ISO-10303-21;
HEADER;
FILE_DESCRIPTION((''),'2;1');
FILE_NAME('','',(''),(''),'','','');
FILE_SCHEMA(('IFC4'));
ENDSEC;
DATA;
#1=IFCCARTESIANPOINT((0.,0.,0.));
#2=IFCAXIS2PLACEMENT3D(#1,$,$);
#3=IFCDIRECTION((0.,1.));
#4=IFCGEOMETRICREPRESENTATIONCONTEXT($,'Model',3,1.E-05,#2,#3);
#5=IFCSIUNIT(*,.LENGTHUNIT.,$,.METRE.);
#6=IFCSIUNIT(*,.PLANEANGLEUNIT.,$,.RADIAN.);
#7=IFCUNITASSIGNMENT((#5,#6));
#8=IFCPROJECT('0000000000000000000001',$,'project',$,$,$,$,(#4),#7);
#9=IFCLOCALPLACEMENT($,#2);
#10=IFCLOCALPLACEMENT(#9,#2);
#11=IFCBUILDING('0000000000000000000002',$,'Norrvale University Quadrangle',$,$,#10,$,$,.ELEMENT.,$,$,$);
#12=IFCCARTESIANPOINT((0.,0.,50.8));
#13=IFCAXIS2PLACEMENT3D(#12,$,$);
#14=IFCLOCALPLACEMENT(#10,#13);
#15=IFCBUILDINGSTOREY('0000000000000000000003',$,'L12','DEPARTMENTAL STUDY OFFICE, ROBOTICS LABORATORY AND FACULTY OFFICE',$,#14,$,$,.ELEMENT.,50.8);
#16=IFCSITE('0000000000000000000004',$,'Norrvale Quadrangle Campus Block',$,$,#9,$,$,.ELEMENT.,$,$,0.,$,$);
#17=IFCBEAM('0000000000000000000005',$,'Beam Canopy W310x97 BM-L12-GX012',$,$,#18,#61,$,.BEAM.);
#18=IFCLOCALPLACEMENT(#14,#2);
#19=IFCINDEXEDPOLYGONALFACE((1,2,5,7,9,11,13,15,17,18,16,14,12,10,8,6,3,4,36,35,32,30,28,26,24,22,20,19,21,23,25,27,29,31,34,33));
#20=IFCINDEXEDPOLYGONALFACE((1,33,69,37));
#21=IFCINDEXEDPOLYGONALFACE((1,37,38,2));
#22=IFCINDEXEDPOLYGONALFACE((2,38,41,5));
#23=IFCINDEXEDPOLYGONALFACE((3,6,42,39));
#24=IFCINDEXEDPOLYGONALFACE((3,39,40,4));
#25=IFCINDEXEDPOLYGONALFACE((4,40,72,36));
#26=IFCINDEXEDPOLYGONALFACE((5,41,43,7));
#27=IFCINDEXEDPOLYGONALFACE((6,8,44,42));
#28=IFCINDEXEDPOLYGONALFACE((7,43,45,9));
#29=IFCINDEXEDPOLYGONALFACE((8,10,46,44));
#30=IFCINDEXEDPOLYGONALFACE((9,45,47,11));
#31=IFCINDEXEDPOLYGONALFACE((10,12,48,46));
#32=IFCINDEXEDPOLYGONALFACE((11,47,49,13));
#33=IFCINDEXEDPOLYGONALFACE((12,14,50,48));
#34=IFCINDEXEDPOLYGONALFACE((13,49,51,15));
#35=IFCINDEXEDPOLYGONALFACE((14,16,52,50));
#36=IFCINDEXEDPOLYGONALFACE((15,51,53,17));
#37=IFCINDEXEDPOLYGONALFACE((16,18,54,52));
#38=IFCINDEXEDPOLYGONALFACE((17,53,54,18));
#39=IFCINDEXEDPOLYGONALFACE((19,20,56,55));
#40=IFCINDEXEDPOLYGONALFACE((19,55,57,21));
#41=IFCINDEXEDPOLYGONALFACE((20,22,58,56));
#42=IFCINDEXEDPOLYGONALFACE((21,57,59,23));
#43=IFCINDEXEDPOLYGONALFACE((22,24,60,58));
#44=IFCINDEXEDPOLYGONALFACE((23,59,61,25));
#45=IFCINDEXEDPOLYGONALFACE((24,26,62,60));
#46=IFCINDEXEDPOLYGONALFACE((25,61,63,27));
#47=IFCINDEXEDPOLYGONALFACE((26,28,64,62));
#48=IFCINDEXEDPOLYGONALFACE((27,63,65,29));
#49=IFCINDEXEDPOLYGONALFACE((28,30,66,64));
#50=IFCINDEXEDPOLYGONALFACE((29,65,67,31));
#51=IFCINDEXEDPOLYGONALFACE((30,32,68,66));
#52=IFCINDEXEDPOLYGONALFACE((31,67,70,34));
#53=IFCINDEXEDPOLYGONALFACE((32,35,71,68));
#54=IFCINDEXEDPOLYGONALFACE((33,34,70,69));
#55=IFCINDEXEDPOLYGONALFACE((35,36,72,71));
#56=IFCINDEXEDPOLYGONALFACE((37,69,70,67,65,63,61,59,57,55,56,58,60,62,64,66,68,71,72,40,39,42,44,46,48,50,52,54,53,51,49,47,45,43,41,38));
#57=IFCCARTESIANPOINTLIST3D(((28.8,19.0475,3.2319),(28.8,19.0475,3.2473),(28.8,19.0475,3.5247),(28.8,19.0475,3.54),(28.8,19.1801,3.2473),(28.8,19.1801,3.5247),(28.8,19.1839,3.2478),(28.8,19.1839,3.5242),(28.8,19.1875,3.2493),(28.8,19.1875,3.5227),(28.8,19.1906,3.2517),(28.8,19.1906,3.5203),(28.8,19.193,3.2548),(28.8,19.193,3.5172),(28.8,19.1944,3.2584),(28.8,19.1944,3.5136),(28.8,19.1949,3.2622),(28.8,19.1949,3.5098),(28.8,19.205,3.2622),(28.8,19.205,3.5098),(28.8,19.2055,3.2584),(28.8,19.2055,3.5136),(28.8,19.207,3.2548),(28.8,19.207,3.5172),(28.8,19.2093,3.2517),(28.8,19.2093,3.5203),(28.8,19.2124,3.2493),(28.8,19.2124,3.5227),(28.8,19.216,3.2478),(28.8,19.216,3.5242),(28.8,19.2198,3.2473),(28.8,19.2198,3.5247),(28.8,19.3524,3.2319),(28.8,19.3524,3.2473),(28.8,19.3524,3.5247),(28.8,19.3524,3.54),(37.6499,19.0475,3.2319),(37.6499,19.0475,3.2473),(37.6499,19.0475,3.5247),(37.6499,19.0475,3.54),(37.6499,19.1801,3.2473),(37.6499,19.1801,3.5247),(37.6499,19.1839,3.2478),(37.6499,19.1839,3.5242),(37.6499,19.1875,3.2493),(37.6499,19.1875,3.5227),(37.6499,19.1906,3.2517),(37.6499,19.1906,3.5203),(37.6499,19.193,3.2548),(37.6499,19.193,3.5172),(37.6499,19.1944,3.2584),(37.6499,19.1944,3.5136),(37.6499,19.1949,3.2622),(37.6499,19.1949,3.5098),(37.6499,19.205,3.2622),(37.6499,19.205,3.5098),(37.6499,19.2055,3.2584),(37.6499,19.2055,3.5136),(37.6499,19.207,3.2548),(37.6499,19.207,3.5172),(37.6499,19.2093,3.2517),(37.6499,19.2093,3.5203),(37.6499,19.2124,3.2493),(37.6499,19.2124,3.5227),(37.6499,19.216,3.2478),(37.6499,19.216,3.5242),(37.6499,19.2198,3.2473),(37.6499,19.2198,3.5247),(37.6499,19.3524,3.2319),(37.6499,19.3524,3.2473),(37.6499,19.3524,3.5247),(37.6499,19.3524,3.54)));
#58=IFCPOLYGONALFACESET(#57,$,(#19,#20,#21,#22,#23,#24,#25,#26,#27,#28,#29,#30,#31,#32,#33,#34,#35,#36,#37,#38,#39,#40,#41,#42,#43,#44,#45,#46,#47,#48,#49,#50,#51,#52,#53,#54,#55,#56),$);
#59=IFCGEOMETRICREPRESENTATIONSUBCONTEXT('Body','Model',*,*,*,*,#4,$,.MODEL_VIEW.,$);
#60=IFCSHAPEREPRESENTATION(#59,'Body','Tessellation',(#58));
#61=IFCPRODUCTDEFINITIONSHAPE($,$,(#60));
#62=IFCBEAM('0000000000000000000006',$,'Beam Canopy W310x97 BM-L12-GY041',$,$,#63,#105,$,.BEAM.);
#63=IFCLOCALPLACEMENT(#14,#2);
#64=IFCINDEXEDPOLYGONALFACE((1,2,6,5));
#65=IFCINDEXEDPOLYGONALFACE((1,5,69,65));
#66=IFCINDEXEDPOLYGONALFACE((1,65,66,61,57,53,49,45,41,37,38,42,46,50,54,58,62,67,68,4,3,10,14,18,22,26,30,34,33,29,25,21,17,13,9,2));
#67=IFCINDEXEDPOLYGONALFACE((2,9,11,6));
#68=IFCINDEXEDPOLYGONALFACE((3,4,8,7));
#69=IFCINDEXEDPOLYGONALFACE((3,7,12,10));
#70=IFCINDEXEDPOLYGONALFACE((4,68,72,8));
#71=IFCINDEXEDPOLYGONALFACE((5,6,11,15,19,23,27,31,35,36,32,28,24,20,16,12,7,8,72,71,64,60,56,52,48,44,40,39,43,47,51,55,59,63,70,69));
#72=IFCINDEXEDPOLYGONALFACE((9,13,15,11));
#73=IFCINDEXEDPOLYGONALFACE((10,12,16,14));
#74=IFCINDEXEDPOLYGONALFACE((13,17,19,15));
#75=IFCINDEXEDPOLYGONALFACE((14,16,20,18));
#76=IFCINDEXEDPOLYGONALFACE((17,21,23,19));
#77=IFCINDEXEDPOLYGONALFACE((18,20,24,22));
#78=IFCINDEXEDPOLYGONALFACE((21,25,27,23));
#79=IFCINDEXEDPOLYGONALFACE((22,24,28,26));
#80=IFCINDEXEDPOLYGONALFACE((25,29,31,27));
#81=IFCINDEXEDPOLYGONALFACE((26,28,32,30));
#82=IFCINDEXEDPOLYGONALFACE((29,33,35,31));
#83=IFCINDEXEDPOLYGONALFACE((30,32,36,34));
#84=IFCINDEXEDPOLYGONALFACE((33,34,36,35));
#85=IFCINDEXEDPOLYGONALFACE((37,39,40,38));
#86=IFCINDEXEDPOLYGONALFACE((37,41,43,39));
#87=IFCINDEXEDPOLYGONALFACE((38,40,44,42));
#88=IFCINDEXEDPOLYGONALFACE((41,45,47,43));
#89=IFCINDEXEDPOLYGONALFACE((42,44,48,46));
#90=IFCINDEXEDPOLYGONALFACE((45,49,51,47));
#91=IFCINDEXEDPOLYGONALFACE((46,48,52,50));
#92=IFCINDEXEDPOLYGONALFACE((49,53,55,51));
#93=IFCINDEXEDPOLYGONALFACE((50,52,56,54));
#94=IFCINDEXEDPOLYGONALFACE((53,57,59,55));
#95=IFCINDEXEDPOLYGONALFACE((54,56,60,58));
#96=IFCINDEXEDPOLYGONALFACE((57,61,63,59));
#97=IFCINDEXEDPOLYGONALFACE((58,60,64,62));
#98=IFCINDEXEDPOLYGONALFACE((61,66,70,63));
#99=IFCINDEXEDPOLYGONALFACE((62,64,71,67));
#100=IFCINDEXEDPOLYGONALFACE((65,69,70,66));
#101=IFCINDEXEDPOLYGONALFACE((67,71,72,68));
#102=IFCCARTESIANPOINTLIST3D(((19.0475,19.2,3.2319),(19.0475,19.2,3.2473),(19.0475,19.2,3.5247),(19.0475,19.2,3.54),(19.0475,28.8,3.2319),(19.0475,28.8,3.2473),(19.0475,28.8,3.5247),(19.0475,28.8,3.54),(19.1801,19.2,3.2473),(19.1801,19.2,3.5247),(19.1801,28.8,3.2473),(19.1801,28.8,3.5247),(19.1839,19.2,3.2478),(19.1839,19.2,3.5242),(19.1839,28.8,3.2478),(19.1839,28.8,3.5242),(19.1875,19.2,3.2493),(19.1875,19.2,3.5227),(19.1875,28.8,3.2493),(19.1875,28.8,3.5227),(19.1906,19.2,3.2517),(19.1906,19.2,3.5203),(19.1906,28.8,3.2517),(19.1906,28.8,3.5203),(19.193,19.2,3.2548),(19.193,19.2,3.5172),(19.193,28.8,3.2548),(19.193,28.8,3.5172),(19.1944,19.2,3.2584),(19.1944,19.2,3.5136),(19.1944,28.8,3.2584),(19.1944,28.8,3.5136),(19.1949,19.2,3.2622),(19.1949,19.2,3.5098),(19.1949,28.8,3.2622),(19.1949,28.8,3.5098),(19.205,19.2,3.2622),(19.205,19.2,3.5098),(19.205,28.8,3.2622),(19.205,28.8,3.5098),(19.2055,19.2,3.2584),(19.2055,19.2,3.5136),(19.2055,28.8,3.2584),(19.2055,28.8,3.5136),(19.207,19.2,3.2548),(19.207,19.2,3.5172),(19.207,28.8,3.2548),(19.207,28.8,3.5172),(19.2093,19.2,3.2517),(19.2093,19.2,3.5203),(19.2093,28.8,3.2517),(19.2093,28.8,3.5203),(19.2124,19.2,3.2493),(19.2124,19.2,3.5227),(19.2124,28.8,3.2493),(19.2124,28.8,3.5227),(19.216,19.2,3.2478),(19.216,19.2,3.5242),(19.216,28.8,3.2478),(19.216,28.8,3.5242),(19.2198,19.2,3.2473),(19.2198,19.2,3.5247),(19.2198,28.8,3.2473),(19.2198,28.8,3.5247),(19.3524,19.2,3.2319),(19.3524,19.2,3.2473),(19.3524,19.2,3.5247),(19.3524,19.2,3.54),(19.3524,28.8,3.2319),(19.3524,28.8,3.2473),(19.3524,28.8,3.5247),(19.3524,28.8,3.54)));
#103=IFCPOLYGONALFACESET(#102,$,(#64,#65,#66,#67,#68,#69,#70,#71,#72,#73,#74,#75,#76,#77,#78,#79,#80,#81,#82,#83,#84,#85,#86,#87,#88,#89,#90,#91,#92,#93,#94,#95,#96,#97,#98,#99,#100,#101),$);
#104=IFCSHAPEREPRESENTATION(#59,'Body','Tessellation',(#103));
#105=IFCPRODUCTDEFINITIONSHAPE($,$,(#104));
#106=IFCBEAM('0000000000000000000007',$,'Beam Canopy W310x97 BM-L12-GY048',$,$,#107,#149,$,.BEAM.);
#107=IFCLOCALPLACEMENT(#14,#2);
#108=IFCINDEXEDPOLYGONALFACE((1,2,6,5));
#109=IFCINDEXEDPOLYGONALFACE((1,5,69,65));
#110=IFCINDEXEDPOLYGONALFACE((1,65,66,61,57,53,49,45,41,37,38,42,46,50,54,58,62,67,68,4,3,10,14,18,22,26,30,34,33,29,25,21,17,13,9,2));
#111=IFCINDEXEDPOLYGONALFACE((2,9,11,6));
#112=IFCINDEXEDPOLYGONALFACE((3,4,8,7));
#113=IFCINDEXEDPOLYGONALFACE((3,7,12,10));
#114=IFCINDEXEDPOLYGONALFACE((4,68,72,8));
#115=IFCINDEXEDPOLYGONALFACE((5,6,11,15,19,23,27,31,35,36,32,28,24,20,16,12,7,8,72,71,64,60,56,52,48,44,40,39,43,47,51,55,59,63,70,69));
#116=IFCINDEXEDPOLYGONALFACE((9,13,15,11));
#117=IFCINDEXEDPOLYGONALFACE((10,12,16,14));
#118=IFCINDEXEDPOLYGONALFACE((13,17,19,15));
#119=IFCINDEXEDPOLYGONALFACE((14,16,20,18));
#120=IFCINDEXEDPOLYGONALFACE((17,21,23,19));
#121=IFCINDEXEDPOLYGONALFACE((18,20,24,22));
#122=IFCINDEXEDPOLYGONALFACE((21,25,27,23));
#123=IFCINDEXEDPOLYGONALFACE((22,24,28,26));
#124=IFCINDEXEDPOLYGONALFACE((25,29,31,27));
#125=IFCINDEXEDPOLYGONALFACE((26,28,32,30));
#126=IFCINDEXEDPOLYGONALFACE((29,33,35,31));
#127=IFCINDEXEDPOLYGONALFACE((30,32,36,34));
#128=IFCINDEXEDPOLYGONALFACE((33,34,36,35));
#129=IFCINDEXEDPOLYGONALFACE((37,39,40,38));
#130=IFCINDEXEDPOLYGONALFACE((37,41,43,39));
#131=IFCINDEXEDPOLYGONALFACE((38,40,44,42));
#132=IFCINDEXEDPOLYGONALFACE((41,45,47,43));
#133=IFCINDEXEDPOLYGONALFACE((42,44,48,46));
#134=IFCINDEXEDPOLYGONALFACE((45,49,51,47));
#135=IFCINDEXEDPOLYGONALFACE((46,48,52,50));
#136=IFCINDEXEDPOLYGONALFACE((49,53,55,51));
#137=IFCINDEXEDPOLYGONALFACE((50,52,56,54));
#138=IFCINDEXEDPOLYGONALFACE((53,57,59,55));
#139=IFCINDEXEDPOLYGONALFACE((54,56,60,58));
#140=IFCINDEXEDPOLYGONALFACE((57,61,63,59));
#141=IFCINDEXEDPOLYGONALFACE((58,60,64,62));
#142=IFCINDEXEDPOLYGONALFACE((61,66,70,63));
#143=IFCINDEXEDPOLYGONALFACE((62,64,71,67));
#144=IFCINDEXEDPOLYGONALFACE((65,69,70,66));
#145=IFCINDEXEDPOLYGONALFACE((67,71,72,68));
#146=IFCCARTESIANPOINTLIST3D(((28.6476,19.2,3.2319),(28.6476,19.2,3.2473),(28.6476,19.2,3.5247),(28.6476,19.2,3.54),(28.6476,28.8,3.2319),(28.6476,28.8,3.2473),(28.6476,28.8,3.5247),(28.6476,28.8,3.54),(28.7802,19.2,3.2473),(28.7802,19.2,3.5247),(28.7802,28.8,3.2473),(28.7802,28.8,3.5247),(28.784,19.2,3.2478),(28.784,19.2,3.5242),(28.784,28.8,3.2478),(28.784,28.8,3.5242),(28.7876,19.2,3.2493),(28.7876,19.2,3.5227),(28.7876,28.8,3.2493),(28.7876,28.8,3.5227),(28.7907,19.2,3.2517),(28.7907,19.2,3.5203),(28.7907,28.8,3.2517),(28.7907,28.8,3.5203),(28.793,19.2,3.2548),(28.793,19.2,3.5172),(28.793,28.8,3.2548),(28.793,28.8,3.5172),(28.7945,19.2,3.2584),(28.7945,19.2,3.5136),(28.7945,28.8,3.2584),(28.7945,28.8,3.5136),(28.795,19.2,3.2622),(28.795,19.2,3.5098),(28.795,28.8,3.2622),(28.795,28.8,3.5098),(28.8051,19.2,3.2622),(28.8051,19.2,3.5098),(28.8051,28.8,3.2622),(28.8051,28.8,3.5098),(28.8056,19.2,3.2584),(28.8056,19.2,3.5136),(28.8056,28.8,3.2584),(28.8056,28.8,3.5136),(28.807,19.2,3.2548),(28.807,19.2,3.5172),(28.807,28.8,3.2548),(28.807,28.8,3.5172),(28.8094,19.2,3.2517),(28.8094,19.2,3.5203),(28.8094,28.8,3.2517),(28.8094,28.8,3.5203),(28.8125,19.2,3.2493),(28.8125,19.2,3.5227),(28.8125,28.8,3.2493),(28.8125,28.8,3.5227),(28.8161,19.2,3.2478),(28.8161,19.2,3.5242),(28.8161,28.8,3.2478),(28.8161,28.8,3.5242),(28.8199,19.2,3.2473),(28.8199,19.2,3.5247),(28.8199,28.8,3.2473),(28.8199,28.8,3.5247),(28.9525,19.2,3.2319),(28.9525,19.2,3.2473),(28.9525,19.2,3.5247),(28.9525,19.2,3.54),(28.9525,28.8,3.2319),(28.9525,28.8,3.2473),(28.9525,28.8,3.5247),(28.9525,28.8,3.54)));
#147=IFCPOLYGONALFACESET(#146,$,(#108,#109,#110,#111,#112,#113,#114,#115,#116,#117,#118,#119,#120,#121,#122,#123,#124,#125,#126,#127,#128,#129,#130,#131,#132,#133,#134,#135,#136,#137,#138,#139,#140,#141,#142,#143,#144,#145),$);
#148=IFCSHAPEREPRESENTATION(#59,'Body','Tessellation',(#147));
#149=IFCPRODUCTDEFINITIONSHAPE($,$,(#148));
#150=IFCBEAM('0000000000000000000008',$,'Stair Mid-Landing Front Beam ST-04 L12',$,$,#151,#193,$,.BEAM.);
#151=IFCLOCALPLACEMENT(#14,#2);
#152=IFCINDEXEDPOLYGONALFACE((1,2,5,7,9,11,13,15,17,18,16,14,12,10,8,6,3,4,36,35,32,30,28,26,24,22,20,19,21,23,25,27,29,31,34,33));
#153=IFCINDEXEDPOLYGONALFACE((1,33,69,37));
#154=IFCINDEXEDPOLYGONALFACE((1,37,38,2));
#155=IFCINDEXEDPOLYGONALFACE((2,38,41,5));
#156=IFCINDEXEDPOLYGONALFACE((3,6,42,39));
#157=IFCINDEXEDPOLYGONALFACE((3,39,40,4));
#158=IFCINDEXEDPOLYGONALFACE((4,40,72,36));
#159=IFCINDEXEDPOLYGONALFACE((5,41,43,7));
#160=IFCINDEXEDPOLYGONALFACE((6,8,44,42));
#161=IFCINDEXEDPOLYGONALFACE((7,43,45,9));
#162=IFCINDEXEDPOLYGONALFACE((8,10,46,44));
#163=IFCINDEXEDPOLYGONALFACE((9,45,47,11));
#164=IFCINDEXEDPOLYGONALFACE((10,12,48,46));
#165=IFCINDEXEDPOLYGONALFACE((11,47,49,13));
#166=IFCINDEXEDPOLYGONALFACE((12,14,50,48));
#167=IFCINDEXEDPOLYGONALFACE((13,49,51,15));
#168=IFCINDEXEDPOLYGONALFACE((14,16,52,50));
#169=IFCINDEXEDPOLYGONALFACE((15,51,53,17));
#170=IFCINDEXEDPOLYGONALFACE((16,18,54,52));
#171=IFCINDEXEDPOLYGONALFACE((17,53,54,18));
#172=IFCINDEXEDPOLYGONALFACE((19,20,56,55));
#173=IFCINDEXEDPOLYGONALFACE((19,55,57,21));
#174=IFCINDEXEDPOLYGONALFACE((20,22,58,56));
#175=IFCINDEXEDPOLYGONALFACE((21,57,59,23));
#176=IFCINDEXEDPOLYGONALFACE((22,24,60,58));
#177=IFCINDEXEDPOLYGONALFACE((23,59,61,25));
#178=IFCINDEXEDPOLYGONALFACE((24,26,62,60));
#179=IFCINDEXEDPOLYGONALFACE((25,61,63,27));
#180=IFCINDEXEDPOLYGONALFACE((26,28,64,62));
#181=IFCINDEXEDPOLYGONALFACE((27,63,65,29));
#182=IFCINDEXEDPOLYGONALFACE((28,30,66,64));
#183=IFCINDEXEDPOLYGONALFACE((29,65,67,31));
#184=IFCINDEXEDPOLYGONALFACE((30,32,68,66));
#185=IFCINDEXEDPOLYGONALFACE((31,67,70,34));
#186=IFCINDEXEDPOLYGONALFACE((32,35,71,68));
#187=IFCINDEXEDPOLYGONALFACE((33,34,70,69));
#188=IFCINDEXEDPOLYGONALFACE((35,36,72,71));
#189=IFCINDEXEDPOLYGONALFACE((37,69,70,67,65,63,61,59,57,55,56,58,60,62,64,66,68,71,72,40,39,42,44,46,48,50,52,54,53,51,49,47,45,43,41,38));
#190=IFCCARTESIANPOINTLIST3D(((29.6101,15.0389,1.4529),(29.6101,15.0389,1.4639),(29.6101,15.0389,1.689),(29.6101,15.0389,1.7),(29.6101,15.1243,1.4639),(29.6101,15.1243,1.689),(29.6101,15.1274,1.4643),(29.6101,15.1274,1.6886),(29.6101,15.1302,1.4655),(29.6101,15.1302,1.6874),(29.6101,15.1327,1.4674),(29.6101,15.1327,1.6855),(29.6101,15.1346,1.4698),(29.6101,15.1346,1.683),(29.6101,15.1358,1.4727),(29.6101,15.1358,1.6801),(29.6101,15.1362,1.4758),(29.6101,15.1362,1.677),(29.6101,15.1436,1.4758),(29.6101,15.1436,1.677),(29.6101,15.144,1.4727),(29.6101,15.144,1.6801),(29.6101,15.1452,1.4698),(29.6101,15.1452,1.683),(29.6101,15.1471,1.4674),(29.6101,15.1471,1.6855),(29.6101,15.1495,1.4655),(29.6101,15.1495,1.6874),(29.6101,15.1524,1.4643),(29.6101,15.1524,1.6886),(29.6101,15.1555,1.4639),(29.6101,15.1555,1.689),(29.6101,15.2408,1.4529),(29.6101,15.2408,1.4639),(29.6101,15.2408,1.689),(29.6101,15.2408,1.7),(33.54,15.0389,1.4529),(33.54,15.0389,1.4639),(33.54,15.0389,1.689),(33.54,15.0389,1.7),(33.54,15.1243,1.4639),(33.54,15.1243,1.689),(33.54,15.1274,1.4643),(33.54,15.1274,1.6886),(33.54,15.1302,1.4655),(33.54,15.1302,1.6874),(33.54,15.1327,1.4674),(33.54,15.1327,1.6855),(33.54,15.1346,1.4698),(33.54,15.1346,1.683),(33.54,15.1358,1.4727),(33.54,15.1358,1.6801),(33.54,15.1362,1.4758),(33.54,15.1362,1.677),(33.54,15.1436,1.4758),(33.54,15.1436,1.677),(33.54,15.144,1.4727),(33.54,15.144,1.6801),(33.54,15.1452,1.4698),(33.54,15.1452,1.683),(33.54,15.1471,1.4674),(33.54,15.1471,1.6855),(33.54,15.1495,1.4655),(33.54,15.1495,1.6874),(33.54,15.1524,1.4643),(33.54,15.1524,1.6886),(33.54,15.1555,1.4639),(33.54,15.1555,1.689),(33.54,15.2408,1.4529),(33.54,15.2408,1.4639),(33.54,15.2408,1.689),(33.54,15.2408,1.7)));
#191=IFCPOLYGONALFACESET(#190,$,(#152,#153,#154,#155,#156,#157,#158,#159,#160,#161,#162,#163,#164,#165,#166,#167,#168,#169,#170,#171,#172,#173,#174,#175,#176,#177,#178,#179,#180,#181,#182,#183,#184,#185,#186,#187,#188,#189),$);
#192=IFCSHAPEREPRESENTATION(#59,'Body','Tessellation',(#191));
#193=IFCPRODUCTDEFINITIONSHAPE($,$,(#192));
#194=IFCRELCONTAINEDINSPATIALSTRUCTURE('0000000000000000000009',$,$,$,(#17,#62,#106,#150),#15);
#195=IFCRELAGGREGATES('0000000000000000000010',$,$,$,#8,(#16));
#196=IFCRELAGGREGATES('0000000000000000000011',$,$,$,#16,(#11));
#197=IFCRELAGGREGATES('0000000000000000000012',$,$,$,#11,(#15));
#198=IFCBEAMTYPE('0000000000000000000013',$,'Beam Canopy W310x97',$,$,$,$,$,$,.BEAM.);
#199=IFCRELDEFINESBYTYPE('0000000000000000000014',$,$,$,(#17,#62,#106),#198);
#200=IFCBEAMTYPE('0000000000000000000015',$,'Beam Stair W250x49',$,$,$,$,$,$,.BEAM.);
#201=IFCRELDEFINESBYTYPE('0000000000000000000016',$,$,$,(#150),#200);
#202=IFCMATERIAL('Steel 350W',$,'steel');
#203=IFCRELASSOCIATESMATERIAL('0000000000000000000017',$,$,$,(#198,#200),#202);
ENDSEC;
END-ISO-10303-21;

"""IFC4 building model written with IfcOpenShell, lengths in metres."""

from ifc_helpers import new_model, si_unit, direction, frame, origin, origin_2d, place, context, subcontext, project, spatial, i_section, extrude, material, material_profile, profile_set, type_object, element, save


model = new_model("IFC4")

# Units and contexts
model_context = context("Model", 3, precision=1e-05, world=origin(), true_north=direction((0.0, 1.0)))
body_context = subcontext(model_context, "Body", "Model", "MODEL_VIEW")
ifc_project = project(units=[si_unit("LENGTHUNIT", "METRE"), si_unit("PLANEANGLEUNIT", "RADIAN")], contexts=[model_context])

# Site, building, storey
site_placement = place(None, origin())
site = spatial("IfcSite", under=ifc_project, at=site_placement, Name="Norrvale Quadrangle Campus Block", CompositionType="ELEMENT", RefElevation=0.0)
building_placement = place(site_placement, origin())
building = spatial("IfcBuilding", under=site, at=building_placement, Name="Norrvale University Quadrangle", CompositionType="ELEMENT")
storey_placement = place(building_placement, frame((0.0, 0.0, 50.8)))
storey = spatial("IfcBuildingStorey", under=building, at=storey_placement, Name="L12", Description="DEPARTMENTAL STUDY OFFICE, ROBOTICS LABORATORY AND FACULTY OFFICE", CompositionType="ELEMENT", Elevation=50.8)

# Beams
ifc_material_1 = material(Name="Steel 350W", Category="steel")
ifc_material_profile_1 = material_profile(ifc_material_1, i_section(OverallWidth=0.3049, OverallDepth=0.3081, WebThickness=0.01, FlangeThickness=0.0154, FilletRadius=0.0149, at=origin_2d()), Name="Steel 350W")
ifc_profile_set_1 = profile_set([ifc_material_profile_1], Name="Steel 350W")
beam_type_1 = type_object("IfcBeamType", Name="Beam Canopy W310x97", PredefinedType="BEAM", material=ifc_profile_set_1)
beam_1_placement = place(storey_placement, frame((28.8, 19.2, 3.386), z_axis=(1.0, 0.0, 0.0), x_axis=(0.0, 1.0, 0.0)))
element("IfcBeam", 1, at=beam_1_placement, inside=storey, type_object=beam_type_1, Name="Beam Canopy W310x97 BM-L12-GX012", PredefinedType="BEAM", context=body_context, shape_type="SweptSolid", body=[
    extrude(i_section(OverallWidth=0.3049, OverallDepth=0.3081, WebThickness=0.01, FlangeThickness=0.0154, FilletRadius=0.0149, at=origin_2d()), origin(), (0.0, 0.0, 1.0), 8.8499),
])
for number, where, z_axis, x_axis, name in (
    (2, (19.2, 19.2, 3.386), (0.0, 1.0, 0.0), (-1.0, 0.0, 0.0), "Beam Canopy W310x97 BM-L12-GY041"),
    (3, (28.8, 19.2, 3.386), (0.0, 1.0, 0.0), (-1.0, 0.0, 0.0), "Beam Canopy W310x97 BM-L12-GY048"),
):
    element("IfcBeam", number, at=place(storey_placement, frame(where, z_axis=z_axis, x_axis=x_axis)), inside=storey, type_object=beam_type_1, Name=name, PredefinedType="BEAM", context=body_context, shape_type="SweptSolid", body=[
        extrude(i_section(OverallWidth=0.3049, OverallDepth=0.3081, WebThickness=0.01, FlangeThickness=0.0154, FilletRadius=0.0149, at=origin_2d()), origin(), (0.0, 0.0, 1.0), 9.6001),
    ])
ifc_material_profile_2 = material_profile(ifc_material_1, i_section(OverallWidth=0.2019, OverallDepth=0.2471, WebThickness=0.0073, FlangeThickness=0.011, FilletRadius=0.012, at=origin_2d()), Name="Steel 350W")
ifc_profile_set_2 = profile_set([ifc_material_profile_2], Name="Steel 350W")
beam_type_2 = type_object("IfcBeamType", Name="Beam Stair W250x49", PredefinedType="BEAM", material=ifc_profile_set_2)
for number, where, z_axis, x_axis, name in (
    (4, (29.6101, 15.1399, 1.5764), (1.0, 0.0, 0.0), (0.0, 1.0, 0.0), "Stair Mid-Landing Front Beam ST-04 L12"),
):
    element("IfcBeam", number, at=place(storey_placement, frame(where, z_axis=z_axis, x_axis=x_axis)), inside=storey, type_object=beam_type_2, Name=name, PredefinedType="BEAM", context=body_context, shape_type="SweptSolid", body=[
        extrude(i_section(OverallWidth=0.2019, OverallDepth=0.2471, WebThickness=0.0073, FlangeThickness=0.011, FilletRadius=0.012, at=origin_2d()), origin(), (0.0, 0.0, 1.0), 3.9299),
    ])

save(model, "model.ifc")
